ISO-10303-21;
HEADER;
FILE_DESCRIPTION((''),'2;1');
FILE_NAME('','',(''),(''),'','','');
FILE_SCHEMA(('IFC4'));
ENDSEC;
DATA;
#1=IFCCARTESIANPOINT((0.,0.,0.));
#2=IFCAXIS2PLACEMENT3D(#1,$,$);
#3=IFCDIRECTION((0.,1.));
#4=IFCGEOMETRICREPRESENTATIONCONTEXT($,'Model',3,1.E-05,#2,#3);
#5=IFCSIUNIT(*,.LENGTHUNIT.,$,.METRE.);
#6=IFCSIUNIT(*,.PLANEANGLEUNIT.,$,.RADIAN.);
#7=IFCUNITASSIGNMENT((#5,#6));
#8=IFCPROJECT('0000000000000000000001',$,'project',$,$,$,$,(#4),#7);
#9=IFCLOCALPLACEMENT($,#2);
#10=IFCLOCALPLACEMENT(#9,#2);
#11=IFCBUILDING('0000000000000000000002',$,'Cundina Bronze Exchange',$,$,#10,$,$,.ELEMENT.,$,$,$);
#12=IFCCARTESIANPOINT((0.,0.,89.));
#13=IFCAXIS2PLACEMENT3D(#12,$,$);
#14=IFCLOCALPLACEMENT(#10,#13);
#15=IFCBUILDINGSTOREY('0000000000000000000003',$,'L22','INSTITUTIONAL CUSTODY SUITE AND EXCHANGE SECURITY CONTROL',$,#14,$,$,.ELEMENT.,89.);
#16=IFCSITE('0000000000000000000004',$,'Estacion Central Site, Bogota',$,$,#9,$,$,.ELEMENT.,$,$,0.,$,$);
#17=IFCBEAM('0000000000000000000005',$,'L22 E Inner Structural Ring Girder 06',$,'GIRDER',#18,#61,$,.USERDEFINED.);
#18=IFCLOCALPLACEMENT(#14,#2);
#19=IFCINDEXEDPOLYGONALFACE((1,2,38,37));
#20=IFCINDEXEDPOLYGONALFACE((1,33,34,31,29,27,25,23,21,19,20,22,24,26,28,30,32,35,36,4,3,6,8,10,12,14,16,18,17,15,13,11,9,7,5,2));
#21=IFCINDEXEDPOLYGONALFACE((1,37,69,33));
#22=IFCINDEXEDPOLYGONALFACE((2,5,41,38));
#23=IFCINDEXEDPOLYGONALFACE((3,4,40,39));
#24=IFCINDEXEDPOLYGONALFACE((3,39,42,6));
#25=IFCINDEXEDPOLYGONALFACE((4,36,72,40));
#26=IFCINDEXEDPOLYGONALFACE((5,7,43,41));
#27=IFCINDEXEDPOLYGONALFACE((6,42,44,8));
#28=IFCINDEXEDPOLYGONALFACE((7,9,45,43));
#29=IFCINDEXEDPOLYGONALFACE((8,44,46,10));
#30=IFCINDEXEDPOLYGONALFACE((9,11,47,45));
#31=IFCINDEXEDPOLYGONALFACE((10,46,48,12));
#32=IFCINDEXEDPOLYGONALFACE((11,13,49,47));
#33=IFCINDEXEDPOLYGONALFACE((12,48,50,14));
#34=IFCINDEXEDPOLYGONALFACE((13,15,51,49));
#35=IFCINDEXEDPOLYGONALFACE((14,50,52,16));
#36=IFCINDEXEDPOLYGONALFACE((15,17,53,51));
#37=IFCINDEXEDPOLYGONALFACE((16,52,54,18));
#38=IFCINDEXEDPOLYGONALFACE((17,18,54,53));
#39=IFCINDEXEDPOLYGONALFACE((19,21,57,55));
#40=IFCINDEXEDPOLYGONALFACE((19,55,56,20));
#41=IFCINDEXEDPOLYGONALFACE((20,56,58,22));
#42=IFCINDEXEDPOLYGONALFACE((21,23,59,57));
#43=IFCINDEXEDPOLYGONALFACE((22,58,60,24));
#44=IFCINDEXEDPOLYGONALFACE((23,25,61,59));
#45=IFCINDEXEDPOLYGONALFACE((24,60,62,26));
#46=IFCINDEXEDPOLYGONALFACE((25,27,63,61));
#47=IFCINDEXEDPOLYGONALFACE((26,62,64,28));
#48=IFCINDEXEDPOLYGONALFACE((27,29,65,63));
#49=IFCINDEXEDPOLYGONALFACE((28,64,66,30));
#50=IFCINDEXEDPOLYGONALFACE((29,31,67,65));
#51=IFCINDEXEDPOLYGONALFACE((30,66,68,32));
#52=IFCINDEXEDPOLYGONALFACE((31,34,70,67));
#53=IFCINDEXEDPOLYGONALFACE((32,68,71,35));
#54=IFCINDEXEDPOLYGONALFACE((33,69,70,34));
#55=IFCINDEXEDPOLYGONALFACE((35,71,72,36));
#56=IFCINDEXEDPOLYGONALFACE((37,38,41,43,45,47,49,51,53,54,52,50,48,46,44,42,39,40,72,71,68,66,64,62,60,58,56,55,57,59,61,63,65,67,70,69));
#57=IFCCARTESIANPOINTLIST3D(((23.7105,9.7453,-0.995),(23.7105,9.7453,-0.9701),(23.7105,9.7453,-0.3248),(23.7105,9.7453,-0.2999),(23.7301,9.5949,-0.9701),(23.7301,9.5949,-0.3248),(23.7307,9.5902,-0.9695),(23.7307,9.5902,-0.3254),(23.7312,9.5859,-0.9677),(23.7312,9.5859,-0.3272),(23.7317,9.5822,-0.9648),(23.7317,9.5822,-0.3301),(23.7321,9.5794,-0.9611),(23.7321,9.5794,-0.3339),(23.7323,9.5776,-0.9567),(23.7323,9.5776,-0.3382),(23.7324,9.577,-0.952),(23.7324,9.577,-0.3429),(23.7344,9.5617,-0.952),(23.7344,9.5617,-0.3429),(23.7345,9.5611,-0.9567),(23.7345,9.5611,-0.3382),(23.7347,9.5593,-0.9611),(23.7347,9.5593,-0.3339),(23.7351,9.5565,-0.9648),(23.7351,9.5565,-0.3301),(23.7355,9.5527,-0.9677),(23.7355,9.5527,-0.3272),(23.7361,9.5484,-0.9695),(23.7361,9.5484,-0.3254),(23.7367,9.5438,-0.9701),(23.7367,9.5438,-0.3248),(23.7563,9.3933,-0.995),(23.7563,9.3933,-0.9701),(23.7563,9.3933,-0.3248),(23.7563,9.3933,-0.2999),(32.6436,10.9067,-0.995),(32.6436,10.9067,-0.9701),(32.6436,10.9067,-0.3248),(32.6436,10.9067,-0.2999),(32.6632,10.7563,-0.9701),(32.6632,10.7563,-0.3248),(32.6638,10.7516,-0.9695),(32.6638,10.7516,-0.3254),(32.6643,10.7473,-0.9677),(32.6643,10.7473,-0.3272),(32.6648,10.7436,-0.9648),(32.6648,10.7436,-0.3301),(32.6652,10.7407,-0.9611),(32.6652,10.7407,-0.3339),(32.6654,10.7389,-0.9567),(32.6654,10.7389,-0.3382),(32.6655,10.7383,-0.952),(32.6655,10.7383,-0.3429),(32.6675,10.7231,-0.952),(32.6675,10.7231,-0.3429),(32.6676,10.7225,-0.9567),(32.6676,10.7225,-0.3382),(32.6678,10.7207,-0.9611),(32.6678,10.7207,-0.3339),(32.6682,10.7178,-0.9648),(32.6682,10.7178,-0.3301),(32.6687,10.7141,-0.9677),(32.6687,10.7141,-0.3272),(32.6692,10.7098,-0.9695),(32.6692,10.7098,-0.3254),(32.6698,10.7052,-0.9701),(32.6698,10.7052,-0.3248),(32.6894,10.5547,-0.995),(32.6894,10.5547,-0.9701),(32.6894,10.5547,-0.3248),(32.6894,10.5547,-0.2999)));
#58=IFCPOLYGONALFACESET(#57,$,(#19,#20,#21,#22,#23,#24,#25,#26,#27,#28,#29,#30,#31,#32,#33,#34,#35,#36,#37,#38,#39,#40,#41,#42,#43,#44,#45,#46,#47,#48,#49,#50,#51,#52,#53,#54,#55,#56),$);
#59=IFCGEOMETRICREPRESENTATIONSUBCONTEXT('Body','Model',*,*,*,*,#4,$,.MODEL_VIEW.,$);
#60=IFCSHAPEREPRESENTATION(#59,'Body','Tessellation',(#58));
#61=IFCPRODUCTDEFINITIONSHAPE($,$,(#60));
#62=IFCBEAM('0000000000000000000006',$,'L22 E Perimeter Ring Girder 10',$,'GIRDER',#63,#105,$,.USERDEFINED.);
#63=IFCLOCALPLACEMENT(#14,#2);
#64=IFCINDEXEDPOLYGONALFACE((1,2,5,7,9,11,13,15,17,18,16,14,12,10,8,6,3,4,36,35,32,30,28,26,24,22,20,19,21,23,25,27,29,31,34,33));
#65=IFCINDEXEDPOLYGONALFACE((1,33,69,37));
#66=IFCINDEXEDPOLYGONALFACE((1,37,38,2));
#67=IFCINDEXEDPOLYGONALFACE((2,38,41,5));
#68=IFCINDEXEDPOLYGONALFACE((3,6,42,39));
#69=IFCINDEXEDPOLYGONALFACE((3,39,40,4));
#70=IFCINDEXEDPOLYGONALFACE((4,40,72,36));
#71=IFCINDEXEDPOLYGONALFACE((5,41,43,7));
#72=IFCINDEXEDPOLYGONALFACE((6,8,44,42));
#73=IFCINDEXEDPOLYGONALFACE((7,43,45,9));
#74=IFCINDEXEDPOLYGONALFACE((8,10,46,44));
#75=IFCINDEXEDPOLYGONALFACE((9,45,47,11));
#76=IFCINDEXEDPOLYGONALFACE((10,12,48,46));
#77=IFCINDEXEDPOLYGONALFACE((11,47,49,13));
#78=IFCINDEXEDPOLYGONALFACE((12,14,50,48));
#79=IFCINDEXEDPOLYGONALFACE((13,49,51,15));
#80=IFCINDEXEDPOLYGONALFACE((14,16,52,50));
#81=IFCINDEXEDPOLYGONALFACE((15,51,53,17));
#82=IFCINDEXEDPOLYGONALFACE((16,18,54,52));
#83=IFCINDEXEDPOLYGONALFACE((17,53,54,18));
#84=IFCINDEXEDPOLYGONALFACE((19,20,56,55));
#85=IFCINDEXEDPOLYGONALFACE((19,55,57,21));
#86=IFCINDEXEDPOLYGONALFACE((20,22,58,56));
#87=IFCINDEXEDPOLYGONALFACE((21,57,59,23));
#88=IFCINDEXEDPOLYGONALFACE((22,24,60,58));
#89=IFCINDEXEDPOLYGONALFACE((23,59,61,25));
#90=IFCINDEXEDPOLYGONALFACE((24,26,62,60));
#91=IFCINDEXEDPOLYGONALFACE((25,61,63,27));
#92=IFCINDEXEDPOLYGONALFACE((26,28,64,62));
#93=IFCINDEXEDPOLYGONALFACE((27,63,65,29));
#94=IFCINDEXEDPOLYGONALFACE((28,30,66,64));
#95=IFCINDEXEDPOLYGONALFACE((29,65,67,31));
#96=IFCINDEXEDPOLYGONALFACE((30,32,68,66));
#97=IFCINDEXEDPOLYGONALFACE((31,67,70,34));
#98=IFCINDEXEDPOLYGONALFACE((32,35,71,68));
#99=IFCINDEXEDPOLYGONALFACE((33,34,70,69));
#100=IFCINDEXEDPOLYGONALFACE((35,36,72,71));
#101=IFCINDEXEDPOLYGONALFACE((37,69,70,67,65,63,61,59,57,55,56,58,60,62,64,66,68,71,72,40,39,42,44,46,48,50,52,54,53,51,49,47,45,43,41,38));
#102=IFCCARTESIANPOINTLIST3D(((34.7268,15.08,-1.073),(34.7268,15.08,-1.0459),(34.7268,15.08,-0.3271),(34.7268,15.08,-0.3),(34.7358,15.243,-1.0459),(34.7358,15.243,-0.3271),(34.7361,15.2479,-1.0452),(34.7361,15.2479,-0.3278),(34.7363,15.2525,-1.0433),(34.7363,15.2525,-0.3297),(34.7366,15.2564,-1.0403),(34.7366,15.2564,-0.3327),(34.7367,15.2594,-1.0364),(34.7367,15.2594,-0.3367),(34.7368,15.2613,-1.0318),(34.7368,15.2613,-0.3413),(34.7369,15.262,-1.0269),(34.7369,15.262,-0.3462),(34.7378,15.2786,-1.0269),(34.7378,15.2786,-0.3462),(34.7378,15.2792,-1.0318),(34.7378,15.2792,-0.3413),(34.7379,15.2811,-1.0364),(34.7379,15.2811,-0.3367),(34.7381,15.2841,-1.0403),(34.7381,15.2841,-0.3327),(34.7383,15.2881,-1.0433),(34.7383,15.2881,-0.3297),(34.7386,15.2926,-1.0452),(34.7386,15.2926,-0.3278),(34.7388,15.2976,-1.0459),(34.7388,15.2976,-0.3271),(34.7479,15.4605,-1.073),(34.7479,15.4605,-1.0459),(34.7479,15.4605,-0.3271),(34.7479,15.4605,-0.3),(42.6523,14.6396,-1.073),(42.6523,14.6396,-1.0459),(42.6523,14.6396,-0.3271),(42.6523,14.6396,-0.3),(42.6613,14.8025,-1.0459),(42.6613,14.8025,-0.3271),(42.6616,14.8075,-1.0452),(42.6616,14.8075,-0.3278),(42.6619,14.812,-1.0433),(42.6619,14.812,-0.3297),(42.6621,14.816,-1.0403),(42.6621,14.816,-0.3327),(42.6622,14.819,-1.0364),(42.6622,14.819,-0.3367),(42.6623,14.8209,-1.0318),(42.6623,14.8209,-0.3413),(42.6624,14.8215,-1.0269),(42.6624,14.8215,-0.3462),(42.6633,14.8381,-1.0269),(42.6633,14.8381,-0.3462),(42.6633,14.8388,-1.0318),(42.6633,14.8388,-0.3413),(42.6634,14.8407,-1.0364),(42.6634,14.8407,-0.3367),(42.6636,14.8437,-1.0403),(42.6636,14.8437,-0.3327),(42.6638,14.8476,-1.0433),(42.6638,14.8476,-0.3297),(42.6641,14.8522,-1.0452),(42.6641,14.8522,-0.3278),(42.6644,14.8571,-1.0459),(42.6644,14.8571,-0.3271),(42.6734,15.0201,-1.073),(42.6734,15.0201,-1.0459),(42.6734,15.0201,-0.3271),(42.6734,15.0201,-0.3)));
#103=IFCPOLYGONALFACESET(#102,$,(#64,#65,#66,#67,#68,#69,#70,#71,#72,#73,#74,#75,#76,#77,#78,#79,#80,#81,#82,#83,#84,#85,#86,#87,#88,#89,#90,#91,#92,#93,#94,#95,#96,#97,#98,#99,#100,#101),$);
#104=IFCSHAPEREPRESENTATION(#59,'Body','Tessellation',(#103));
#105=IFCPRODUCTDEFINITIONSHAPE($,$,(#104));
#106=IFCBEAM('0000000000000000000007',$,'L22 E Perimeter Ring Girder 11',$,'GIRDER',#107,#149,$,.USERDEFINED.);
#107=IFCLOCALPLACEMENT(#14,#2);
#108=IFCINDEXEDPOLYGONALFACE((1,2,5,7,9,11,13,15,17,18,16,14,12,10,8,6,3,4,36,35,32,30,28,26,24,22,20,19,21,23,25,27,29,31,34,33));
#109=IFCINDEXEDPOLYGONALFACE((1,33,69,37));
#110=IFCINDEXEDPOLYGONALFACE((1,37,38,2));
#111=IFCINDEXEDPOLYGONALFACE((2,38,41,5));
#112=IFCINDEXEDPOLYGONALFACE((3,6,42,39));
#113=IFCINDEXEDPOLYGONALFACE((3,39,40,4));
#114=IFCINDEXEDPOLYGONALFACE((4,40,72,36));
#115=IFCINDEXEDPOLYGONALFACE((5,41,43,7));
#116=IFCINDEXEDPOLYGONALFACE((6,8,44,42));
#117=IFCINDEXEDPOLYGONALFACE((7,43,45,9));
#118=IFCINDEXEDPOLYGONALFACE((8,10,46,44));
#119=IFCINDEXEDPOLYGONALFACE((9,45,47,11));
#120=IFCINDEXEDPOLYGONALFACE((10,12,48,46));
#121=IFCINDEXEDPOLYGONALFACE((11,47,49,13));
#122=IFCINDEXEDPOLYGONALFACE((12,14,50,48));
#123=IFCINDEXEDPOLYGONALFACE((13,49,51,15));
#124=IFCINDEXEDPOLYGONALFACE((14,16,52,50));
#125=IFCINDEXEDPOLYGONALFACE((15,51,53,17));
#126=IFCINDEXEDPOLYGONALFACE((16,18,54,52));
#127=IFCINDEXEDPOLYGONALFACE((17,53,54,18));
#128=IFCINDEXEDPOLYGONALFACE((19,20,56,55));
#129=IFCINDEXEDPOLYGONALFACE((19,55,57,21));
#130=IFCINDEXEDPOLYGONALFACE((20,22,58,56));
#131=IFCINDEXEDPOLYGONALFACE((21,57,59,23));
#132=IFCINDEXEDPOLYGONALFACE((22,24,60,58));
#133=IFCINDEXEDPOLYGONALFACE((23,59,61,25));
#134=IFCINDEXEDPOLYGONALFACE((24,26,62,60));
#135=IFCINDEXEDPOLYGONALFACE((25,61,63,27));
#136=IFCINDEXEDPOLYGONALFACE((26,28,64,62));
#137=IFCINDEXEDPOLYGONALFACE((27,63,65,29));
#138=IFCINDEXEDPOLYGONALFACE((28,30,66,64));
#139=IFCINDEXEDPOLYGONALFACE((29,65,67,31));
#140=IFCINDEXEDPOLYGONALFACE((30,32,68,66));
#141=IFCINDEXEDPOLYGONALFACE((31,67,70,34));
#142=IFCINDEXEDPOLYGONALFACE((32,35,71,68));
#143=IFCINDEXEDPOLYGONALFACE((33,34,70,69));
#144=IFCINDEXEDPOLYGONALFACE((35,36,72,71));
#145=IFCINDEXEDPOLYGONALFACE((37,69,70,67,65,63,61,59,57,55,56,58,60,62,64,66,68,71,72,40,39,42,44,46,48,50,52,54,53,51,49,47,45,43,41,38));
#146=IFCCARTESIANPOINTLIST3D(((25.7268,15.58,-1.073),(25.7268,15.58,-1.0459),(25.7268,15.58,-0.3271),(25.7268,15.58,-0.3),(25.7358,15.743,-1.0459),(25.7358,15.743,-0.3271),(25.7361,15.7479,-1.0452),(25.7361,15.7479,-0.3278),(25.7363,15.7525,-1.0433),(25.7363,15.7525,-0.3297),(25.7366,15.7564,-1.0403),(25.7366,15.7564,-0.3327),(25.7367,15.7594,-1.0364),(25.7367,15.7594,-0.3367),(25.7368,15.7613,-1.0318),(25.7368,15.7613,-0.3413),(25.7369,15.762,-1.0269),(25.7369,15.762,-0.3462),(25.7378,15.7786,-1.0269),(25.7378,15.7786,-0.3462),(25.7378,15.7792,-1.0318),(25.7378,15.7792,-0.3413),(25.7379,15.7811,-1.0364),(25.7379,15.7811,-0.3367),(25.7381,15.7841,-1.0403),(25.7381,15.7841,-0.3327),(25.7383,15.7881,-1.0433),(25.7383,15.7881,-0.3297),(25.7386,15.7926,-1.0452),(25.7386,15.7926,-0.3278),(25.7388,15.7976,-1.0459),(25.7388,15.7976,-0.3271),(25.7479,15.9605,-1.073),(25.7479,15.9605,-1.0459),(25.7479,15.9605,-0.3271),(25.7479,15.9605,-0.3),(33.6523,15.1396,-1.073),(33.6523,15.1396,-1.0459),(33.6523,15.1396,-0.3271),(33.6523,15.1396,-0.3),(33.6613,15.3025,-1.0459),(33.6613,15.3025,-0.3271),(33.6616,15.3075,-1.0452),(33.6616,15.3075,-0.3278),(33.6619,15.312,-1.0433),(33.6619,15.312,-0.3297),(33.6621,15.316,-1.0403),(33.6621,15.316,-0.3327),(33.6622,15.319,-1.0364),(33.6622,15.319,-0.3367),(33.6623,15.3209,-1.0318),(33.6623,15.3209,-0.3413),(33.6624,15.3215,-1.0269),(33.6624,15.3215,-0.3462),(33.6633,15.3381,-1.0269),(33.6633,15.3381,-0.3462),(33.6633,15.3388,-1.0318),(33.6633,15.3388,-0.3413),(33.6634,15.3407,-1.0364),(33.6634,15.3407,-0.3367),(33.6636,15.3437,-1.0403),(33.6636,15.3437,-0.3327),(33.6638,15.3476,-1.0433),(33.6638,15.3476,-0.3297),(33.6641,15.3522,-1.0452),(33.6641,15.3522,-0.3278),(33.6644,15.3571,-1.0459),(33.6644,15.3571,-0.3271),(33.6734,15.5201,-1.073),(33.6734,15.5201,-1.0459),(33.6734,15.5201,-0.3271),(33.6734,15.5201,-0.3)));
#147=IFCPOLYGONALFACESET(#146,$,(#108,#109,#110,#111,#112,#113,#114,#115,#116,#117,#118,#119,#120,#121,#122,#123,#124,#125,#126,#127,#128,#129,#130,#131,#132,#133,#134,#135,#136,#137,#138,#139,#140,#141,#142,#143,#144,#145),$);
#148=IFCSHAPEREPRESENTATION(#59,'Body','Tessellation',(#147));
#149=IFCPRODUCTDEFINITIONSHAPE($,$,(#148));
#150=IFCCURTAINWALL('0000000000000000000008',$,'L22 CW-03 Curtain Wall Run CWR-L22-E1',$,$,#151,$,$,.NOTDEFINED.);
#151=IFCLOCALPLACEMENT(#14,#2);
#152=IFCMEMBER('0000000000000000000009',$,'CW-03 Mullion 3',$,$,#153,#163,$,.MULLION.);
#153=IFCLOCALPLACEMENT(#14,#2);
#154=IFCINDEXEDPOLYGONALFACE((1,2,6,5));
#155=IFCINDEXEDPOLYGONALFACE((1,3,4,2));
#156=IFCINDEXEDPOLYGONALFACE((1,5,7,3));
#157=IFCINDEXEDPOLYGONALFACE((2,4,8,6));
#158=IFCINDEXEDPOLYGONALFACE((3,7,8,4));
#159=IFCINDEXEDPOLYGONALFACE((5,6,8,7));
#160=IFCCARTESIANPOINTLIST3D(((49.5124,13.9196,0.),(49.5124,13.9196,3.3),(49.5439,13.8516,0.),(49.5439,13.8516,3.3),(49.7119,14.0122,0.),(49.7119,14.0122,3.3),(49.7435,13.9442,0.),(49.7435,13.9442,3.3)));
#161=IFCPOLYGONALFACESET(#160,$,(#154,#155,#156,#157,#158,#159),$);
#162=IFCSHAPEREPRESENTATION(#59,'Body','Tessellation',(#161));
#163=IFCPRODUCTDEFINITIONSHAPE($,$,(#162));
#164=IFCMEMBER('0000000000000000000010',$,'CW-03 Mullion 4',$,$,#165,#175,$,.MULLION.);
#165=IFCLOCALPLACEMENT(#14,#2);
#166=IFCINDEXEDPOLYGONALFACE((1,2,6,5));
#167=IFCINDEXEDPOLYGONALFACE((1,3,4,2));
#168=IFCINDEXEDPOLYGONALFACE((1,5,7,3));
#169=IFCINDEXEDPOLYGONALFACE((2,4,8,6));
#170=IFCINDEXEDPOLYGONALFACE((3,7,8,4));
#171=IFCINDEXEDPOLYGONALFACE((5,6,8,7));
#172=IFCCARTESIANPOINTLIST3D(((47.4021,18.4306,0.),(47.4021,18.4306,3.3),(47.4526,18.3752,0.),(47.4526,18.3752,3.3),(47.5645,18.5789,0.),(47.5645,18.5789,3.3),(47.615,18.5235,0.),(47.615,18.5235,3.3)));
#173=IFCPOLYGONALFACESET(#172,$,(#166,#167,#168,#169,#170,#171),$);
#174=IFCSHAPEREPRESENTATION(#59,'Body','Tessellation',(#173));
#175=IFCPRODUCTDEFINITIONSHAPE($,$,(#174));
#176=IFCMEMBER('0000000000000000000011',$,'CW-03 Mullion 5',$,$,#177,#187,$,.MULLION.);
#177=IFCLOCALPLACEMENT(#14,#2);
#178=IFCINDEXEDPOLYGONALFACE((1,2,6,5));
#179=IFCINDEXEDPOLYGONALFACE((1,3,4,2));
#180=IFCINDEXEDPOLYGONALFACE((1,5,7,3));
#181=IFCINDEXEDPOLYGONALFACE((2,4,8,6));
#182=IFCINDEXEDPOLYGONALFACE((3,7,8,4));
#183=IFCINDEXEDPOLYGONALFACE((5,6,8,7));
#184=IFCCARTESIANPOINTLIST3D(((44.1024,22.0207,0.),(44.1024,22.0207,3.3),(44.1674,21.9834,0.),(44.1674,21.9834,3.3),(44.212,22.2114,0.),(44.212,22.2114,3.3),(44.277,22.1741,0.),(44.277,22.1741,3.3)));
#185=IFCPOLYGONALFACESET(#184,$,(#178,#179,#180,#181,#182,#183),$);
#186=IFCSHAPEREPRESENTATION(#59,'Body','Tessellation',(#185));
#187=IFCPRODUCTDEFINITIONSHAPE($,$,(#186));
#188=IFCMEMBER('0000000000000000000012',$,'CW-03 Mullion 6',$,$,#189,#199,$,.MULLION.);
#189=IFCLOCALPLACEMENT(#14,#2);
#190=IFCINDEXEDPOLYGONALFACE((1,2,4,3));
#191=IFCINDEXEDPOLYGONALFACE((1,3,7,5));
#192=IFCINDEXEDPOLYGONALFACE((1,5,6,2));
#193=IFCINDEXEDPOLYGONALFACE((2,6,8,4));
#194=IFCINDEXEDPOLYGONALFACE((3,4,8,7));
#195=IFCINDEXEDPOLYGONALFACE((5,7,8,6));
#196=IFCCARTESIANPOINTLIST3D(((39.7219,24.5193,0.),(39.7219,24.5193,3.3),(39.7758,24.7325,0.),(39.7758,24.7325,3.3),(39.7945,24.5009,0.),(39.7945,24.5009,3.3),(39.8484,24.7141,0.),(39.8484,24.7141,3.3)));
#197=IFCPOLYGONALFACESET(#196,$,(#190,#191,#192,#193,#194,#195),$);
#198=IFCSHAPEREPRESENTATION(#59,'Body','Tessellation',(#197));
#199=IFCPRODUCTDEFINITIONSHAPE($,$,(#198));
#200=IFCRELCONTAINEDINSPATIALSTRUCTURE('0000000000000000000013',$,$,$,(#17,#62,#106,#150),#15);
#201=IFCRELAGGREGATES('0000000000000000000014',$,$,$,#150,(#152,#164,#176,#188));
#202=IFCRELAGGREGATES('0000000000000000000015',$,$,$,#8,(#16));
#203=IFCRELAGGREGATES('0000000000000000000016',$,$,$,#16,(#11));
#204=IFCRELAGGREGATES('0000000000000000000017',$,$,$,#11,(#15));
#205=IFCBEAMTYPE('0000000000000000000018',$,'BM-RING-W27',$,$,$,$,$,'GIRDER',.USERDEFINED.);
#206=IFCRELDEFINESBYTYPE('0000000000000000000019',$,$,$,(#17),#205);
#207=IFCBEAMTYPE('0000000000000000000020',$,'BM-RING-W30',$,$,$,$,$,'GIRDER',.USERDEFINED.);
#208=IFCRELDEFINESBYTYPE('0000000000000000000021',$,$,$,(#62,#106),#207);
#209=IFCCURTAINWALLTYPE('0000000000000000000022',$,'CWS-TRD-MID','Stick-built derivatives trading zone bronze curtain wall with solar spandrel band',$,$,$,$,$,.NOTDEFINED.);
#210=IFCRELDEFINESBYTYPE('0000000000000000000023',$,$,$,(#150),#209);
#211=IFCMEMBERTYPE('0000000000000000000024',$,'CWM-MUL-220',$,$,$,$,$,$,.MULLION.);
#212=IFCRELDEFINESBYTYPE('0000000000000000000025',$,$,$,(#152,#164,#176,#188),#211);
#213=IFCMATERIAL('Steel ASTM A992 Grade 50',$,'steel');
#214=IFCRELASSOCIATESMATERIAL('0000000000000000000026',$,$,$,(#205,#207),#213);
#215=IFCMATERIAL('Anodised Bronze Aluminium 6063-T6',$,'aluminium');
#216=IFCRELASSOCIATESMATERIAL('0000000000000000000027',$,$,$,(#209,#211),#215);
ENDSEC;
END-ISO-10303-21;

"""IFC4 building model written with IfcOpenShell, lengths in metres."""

from ifc_helpers import new_model, si_unit, direction, frame, origin, origin_2d, place, context, subcontext, project, spatial, rectangle, i_section, extrude, material, material_profile, profile_set, type_object, element, aggregate, save


model = new_model("IFC4")

# Units and contexts
model_context = context("Model", 3, precision=1e-05, world=origin(), true_north=direction((0.0, 1.0)))
body_context = subcontext(model_context, "Body", "Model", "MODEL_VIEW")
ifc_project = project(units=[si_unit("LENGTHUNIT", "METRE"), si_unit("PLANEANGLEUNIT", "RADIAN")], contexts=[model_context])

# Site, building, storey
site_placement = place(None, origin())
site = spatial("IfcSite", under=ifc_project, at=site_placement, Name="Estacion Central Site, Bogota", CompositionType="ELEMENT", RefElevation=0.0)
building_placement = place(site_placement, origin())
building = spatial("IfcBuilding", under=site, at=building_placement, Name="Cundina Bronze Exchange", CompositionType="ELEMENT")
storey_placement = place(building_placement, frame((0.0, 0.0, 89.0)))
storey = spatial("IfcBuildingStorey", under=building, at=storey_placement, Name="L22", Description="INSTITUTIONAL CUSTODY SUITE AND EXCHANGE SECURITY CONTROL", CompositionType="ELEMENT", Elevation=89.0)

# Beams
ifc_material_1 = material(Name="Steel ASTM A992 Grade 50", Category="steel")
ifc_material_profile_1 = material_profile(ifc_material_1, i_section(OverallWidth=0.355, OverallDepth=0.6951, WebThickness=0.0154, FlangeThickness=0.0249, FilletRadius=0.0181, at=origin_2d()), Name="W27X146", Category="steel")
ifc_profile_set_1 = profile_set([ifc_material_profile_1], Name="Steel ASTM A992 Grade 50")
beam_type_1 = type_object("IfcBeamType", Name="BM-RING-W27", ElementType="GIRDER", PredefinedType="USERDEFINED", material=ifc_profile_set_1)
beam_1_placement = place(storey_placement, frame((32.6665, 10.7307, -0.6475), z_axis=(-0.991655, -0.128923, 0.0), x_axis=(0.128923, -0.991655, 0.0)))
element("IfcBeam", 1, at=beam_1_placement, inside=storey, type_object=beam_type_1, Name="L22 E Inner Structural Ring Girder 06", ObjectType="GIRDER", PredefinedType="USERDEFINED", context=body_context, shape_type="SweptSolid", body=[
    extrude(i_section(OverallWidth=0.355, OverallDepth=0.6951, WebThickness=0.0154, FlangeThickness=0.0249, FilletRadius=0.0181, at=origin_2d()), origin(), (0.0, 0.0, 1.0), 9.0083),
])
ifc_material_profile_2 = material_profile(ifc_material_1, i_section(OverallWidth=0.3811, OverallDepth=0.7729, WebThickness=0.0166, FlangeThickness=0.0271, FilletRadius=0.019, at=origin_2d()), Name="W30X173", Category="steel")
ifc_profile_set_2 = profile_set([ifc_material_profile_2], Name="Steel ASTM A992 Grade 50")
beam_type_2 = type_object("IfcBeamType", Name="BM-RING-W30", ElementType="GIRDER", PredefinedType="USERDEFINED", material=ifc_profile_set_2)
for number, where, z_axis, x_axis, name in (
    (2, (42.6628, 14.8298, -0.6865), (-0.99846, 0.055485, 0.0), (-0.055485, -0.99846, 0.0), "L22 E Perimeter Ring Girder 10"),
    (3, (33.6628, 15.3298, -0.6865), (-0.99846, 0.055485, 0.0), (-0.055485, -0.99846, 0.0), "L22 E Perimeter Ring Girder 11"),
):
    element("IfcBeam", number, at=place(storey_placement, frame(where, z_axis=z_axis, x_axis=x_axis)), inside=storey, type_object=beam_type_2, Name=name, ObjectType="GIRDER", PredefinedType="USERDEFINED", context=body_context, shape_type="SweptSolid", body=[
        extrude(i_section(OverallWidth=0.3811, OverallDepth=0.7729, WebThickness=0.0166, FlangeThickness=0.0271, FilletRadius=0.019, at=origin_2d()), origin(), (0.0, 0.0, 1.0), 7.9377),
    ])

# Curtain wall, members
ifc_material_2 = material(Name="Anodised Bronze Aluminium 6063-T6", Category="aluminium")
curtain_wall_type = type_object("IfcCurtainWallType", Name="CWS-TRD-MID", Description="Stick-built derivatives trading zone bronze curtain wall with solar spandrel band", PredefinedType="NOTDEFINED", material=ifc_material_2)
curtain_wall_placement = place(storey_placement, origin())
curtain_wall = element("IfcCurtainWall", 4, at=curtain_wall_placement, inside=storey, type_object=curtain_wall_type, Name="L22 CW-03 Curtain Wall Run CWR-L22-E1", PredefinedType="NOTDEFINED")
ifc_material_profile_3 = material_profile(ifc_material_2, rectangle(XDim=0.075, YDim=0.22, at=origin_2d()), Name="AL75X220", Category="aluminium")
ifc_profile_set_3 = profile_set([ifc_material_profile_3], Name="Anodised Bronze Aluminium 6063-T6")
member_type_1 = type_object("IfcMemberType", Name="CWM-MUL-220", PredefinedType="MULLION", material=ifc_profile_set_3)
member_1_placement = place(storey_placement, frame((49.6279, 13.9319, 0.0), z_axis=(0.0, 0.0, 1.0), x_axis=(-0.420877, 0.907117, 0.0)))
member_1 = element("IfcMember", 5, at=member_1_placement, type_object=member_type_1, Name="CW-03 Mullion 3", PredefinedType="MULLION", context=body_context, shape_type="SweptSolid", body=[
    extrude(rectangle(XDim=0.075, YDim=0.22, at=origin_2d()), origin(), (0.0, 0.0, 1.0), 3.3),
])
member_2_placement = place(storey_placement, frame((47.5085, 18.4771, 0.0), z_axis=(0.0, 0.0, 1.0), x_axis=(-0.674302, 0.738455, 0.0)))
member_2 = element("IfcMember", 6, at=member_2_placement, type_object=member_type_1, Name="CW-03 Mullion 4", PredefinedType="MULLION", context=body_context, shape_type="SweptSolid", body=[
    extrude(rectangle(XDim=0.075, YDim=0.22, at=origin_2d()), origin(), (0.0, 0.0, 1.0), 3.3),
])
member_3_placement = place(storey_placement, frame((44.1897, 22.0974, 0.0), z_axis=(0.0, 0.0, 1.0), x_axis=(-0.867071, 0.498185, 0.0)))
member_3 = element("IfcMember", 7, at=member_3_placement, type_object=member_type_1, Name="CW-03 Mullion 5", PredefinedType="MULLION", context=body_context, shape_type="SweptSolid", body=[
    extrude(rectangle(XDim=0.075, YDim=0.22, at=origin_2d()), origin(), (0.0, 0.0, 1.0), 3.3),
])
member_4_placement = place(storey_placement, frame((39.7852, 24.6167, 0.0), z_axis=(0.0, 0.0, 1.0), x_axis=(-0.969488, 0.245138, 0.0)))
member_4 = element("IfcMember", 8, at=member_4_placement, type_object=member_type_1, Name="CW-03 Mullion 6", PredefinedType="MULLION", context=body_context, shape_type="SweptSolid", body=[
    extrude(rectangle(XDim=0.075, YDim=0.22, at=origin_2d()), origin(), (0.0, 0.0, 1.0), 3.3),
])
aggregate(curtain_wall, [member_1, member_2, member_3, member_4])

save(model, "model.ifc")
